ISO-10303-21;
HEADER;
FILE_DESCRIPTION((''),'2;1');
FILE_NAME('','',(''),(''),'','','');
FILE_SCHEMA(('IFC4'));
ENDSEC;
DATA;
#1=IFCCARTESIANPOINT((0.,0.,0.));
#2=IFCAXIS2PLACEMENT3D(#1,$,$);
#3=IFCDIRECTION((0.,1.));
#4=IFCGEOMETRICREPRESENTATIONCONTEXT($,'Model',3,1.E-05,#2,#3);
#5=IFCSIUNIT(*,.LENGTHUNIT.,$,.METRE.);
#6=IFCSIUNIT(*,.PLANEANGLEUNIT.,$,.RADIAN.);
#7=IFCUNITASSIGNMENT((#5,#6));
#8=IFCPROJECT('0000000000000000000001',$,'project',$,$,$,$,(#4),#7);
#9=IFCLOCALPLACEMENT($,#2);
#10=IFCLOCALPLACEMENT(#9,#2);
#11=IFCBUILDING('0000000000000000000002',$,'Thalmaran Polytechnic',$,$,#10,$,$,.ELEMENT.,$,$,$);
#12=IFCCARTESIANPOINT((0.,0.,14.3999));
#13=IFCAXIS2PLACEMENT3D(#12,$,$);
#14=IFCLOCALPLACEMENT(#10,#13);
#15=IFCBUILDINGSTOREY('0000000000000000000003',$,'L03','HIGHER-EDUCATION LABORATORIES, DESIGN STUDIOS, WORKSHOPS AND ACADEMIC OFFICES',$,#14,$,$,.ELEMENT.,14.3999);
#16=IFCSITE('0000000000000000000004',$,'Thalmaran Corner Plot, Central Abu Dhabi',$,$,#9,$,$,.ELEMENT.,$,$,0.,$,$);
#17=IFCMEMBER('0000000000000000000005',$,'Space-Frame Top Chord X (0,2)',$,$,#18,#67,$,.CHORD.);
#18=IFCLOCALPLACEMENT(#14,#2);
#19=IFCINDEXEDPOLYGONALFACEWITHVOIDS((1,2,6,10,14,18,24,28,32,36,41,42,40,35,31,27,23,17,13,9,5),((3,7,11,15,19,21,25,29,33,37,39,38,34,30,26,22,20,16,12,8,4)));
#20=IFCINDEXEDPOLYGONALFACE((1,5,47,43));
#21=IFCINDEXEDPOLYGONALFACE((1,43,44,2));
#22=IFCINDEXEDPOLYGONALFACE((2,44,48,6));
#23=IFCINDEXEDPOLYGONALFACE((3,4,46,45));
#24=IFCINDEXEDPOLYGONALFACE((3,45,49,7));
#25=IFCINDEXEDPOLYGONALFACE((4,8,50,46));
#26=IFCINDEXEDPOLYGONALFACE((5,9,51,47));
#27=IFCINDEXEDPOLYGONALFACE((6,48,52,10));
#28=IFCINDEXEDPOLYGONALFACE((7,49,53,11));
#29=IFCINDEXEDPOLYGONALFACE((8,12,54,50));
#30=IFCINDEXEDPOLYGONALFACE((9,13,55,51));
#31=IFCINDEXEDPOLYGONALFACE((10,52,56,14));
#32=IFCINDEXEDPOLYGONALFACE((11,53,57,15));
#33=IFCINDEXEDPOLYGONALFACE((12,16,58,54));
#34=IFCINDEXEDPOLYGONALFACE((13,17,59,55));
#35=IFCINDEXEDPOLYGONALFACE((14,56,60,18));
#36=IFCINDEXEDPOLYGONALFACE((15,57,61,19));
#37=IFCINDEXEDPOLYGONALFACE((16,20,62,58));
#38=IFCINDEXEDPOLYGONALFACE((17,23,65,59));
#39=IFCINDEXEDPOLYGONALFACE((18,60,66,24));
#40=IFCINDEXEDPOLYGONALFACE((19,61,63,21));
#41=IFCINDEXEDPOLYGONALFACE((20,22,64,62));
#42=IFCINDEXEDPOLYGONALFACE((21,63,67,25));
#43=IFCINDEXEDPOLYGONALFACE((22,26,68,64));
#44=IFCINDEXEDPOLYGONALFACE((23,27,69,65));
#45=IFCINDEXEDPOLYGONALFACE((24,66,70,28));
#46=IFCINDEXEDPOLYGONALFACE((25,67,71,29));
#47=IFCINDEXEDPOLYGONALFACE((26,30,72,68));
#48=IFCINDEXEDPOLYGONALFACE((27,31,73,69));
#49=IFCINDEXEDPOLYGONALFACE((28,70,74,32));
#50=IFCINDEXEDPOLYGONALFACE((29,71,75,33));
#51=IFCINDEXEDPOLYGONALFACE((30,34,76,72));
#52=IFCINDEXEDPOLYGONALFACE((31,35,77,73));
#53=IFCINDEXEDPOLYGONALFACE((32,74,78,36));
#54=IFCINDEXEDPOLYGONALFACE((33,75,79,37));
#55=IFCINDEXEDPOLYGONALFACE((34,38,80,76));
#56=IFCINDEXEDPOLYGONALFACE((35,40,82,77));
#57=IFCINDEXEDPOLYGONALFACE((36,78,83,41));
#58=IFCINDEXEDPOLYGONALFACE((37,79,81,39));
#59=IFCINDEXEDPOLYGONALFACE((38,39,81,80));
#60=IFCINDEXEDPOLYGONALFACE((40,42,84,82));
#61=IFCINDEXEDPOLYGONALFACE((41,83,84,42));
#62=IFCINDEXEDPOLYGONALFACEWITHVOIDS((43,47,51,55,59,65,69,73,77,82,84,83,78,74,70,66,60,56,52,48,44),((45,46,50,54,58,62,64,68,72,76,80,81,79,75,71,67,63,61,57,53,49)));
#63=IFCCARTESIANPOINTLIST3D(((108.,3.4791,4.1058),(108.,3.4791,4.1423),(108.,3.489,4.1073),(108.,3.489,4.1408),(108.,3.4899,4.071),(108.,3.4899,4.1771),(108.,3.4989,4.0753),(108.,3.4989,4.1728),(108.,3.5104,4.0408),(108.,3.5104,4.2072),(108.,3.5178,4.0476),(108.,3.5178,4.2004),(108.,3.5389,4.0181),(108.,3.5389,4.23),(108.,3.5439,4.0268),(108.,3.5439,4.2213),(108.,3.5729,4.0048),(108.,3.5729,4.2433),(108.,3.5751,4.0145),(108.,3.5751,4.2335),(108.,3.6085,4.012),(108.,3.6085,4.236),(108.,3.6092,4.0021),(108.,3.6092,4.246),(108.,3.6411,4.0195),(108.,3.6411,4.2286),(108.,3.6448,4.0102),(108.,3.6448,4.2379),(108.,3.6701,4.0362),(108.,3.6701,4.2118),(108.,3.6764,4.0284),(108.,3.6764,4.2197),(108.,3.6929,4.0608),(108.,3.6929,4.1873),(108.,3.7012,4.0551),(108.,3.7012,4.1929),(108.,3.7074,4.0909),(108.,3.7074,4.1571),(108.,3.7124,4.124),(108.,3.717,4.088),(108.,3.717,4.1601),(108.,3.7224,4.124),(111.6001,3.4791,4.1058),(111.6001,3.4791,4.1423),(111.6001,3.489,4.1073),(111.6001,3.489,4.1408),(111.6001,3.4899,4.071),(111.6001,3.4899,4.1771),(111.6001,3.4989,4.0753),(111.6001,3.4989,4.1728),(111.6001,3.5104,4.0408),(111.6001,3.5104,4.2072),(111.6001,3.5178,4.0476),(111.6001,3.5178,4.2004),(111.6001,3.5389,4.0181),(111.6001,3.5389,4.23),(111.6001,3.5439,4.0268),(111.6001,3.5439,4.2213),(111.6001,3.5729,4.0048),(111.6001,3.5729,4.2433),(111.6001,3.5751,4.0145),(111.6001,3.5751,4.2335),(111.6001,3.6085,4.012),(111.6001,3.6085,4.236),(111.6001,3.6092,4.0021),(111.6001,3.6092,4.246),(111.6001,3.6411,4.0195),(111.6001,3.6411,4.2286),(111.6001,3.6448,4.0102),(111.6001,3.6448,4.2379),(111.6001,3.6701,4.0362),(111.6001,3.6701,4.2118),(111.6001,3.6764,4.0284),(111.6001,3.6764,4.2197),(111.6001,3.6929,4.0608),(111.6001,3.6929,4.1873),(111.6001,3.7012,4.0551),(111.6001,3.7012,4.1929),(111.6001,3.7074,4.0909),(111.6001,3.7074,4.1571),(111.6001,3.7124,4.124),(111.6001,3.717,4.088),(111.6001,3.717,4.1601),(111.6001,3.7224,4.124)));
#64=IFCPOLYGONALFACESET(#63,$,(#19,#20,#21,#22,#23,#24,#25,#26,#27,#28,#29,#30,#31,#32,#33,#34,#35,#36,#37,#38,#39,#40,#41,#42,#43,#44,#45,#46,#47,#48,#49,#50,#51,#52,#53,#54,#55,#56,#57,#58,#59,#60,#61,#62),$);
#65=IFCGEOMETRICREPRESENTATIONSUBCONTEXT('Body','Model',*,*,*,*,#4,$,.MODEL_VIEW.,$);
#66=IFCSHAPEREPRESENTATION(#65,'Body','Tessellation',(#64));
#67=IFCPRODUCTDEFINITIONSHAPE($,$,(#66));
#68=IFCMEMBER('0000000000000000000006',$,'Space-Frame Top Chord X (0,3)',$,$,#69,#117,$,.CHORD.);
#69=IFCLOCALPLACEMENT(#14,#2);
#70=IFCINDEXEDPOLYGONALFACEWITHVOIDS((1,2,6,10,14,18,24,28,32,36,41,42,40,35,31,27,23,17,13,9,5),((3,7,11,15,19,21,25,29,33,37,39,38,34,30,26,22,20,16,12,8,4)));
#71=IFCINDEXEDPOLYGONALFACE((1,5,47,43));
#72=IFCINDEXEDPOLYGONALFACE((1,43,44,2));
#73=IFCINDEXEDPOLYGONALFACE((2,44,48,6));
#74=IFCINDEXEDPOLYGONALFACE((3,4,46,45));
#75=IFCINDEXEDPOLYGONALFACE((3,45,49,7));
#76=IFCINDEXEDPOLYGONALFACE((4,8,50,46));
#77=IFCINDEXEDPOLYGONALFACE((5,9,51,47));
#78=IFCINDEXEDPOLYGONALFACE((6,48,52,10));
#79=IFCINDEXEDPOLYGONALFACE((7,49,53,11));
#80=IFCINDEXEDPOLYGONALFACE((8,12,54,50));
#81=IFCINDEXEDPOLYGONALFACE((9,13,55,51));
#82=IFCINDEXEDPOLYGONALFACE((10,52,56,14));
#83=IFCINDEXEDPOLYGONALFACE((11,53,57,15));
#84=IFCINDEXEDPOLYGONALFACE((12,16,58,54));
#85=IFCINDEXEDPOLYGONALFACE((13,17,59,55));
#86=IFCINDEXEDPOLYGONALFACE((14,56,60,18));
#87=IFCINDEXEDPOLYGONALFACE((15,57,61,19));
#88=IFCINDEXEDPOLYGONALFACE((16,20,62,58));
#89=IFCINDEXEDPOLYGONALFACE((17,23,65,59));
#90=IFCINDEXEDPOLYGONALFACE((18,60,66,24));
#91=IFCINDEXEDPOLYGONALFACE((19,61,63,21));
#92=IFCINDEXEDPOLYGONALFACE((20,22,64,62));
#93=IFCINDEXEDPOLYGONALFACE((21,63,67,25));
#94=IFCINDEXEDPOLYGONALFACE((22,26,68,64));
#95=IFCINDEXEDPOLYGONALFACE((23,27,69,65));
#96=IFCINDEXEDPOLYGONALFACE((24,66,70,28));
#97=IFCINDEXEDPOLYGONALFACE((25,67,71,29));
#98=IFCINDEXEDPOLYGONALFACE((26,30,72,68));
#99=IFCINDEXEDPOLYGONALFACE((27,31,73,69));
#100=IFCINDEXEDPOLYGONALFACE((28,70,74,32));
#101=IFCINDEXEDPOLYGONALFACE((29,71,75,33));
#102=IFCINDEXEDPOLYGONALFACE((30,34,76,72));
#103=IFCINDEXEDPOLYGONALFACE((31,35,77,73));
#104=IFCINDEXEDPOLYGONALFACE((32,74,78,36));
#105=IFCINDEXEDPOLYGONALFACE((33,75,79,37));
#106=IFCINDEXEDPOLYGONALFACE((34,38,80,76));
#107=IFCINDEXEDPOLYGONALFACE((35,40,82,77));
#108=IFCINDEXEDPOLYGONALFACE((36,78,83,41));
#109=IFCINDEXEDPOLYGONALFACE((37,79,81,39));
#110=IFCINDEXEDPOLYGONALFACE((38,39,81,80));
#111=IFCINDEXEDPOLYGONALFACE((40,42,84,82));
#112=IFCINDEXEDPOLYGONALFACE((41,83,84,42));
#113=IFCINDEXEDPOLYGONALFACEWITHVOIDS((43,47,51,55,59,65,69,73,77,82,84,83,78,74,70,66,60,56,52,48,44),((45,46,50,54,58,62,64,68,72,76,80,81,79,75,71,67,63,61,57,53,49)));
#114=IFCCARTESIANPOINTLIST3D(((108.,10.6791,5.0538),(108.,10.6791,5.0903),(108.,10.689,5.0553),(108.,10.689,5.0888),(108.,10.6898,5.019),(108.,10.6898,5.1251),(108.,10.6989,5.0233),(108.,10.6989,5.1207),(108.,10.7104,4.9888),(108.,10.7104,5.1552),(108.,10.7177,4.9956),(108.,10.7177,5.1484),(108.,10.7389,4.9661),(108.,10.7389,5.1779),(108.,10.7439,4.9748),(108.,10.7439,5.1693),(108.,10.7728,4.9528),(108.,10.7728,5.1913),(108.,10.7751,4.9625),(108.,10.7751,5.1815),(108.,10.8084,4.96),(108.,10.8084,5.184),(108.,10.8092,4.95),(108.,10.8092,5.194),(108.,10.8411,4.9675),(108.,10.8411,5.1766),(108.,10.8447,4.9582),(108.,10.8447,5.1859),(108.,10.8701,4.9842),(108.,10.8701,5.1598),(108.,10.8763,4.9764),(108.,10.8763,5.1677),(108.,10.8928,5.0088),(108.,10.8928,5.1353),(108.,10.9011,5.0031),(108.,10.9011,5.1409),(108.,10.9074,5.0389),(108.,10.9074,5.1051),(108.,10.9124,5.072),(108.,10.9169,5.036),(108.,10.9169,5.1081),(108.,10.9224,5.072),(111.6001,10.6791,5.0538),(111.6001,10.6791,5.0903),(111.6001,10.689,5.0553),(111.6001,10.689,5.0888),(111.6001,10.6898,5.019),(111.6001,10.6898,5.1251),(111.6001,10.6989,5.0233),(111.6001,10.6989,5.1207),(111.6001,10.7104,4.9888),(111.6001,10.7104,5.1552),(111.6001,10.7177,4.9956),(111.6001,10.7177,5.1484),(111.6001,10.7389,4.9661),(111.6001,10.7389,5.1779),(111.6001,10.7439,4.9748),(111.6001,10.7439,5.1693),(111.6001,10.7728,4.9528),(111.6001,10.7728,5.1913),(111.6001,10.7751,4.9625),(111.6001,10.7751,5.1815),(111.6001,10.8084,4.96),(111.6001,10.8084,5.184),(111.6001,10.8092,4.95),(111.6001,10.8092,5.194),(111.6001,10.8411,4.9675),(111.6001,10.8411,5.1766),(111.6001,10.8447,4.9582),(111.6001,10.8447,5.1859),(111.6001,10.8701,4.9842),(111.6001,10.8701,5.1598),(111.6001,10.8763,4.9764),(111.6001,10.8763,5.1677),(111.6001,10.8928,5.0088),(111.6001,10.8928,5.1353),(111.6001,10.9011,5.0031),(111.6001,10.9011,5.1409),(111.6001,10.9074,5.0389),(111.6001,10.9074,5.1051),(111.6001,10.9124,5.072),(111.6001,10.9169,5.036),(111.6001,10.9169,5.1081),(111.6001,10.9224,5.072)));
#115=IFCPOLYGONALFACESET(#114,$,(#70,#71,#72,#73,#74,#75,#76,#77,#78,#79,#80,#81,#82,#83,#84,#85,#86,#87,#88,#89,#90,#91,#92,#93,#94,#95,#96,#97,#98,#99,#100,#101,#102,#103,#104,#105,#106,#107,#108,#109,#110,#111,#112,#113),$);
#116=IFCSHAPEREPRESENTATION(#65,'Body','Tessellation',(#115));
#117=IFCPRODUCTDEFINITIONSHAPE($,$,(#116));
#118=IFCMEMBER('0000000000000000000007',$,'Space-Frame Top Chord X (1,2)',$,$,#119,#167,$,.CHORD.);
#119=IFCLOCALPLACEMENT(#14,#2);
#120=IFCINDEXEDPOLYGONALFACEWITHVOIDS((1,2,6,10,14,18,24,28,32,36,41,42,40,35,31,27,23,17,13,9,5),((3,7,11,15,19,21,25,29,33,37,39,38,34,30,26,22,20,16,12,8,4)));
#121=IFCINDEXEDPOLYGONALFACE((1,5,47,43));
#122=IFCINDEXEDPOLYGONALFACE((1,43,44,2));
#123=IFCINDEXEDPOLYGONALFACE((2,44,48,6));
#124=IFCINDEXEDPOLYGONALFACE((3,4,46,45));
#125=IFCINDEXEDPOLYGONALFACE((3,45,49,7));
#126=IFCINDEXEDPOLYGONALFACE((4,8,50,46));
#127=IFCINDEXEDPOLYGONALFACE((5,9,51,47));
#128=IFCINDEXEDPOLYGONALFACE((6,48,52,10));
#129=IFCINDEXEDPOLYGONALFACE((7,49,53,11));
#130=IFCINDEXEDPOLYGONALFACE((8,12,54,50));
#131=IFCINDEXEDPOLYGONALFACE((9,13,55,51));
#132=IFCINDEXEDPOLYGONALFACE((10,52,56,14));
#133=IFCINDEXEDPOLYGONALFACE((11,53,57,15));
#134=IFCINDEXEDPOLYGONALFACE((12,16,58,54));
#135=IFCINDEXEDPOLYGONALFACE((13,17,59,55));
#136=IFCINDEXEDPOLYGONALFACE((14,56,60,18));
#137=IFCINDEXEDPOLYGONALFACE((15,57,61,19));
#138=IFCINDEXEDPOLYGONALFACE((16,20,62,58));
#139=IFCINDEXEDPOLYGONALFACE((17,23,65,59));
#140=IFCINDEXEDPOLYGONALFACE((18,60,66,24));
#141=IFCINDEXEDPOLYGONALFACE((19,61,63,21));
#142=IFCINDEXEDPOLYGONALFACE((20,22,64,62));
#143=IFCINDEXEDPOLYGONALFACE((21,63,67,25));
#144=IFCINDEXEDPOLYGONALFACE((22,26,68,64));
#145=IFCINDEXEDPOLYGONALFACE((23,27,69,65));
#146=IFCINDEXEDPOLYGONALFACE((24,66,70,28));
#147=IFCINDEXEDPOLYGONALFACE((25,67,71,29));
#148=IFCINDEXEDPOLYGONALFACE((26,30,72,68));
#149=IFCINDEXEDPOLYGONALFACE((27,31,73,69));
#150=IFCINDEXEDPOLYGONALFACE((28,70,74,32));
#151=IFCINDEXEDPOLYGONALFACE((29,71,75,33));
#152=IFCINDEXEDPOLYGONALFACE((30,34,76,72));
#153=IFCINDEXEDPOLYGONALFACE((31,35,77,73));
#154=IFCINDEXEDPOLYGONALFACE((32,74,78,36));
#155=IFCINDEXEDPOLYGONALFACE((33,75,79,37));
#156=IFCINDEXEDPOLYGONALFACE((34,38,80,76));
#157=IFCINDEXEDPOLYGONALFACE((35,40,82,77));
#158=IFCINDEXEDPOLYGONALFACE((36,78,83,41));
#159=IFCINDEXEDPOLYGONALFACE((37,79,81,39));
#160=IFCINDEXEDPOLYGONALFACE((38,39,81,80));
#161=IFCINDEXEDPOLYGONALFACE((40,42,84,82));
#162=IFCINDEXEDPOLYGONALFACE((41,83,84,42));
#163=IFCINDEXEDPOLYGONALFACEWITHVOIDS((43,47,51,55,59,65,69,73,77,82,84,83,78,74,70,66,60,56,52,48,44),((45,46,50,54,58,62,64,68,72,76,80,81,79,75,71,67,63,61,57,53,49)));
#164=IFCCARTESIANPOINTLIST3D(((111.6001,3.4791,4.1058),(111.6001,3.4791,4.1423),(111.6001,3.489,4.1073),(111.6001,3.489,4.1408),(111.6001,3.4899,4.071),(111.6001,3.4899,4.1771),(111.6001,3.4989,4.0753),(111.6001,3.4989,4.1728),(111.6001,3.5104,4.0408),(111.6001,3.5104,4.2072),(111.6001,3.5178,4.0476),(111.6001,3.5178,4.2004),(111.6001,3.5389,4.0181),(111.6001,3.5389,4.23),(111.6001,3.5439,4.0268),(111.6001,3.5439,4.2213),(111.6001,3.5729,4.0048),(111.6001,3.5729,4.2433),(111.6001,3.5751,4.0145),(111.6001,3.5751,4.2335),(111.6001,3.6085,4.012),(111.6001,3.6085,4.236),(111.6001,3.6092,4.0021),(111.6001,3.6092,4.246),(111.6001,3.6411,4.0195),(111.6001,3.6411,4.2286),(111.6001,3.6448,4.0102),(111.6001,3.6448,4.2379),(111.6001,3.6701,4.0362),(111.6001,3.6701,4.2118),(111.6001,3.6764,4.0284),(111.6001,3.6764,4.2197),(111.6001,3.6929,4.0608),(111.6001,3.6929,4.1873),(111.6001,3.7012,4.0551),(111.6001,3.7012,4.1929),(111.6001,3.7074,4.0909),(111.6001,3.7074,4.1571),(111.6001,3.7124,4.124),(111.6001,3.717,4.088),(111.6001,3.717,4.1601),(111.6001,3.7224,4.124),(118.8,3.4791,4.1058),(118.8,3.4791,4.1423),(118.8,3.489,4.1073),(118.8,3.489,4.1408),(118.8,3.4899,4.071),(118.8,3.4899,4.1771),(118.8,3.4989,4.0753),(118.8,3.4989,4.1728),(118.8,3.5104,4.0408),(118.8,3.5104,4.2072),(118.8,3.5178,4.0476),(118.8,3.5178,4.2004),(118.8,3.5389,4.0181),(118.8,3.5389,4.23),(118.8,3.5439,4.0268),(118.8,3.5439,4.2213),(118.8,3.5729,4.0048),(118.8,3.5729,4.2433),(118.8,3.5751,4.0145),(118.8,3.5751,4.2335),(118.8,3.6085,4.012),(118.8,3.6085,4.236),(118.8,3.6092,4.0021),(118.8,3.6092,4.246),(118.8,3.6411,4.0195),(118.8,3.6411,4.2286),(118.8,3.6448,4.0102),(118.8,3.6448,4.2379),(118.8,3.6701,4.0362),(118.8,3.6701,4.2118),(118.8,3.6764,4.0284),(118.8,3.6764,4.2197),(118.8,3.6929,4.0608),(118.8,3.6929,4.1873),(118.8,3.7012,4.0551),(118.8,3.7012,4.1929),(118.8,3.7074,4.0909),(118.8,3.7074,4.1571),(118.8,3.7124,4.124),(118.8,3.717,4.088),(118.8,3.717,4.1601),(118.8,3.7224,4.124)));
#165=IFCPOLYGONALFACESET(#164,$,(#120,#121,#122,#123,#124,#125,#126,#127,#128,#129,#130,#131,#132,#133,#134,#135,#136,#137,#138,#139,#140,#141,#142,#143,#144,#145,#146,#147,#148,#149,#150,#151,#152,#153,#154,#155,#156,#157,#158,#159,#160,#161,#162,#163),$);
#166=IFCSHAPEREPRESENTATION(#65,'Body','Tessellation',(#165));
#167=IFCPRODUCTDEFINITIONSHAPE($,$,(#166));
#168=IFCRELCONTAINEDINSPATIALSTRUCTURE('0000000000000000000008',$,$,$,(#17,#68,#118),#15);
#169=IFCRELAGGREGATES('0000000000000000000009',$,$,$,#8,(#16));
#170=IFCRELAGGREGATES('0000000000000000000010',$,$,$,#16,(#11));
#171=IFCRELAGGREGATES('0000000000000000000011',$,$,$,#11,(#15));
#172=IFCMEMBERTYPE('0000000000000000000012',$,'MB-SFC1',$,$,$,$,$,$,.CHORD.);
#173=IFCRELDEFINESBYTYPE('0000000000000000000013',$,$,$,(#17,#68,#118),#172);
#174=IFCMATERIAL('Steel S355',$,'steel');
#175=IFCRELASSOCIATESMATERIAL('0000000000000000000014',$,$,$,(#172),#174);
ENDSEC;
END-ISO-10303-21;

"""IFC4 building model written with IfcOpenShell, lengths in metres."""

from ifc_helpers import new_model, si_unit, direction, frame, origin, origin_2d, place, context, subcontext, project, spatial, hollow_circle, extrude, material, material_profile, profile_set, type_object, element, save


model = new_model("IFC4")

# Units and contexts
model_context = context("Model", 3, precision=1e-05, world=origin(), true_north=direction((0.0, 1.0)))
body_context = subcontext(model_context, "Body", "Model", "MODEL_VIEW")
ifc_project = project(units=[si_unit("LENGTHUNIT", "METRE"), si_unit("PLANEANGLEUNIT", "RADIAN")], contexts=[model_context])

# Site, building, storey
site_placement = place(None, origin())
site = spatial("IfcSite", under=ifc_project, at=site_placement, Name="Thalmaran Corner Plot, Central Abu Dhabi", CompositionType="ELEMENT", RefElevation=0.0)
building_placement = place(site_placement, origin())
building = spatial("IfcBuilding", under=site, at=building_placement, Name="Thalmaran Polytechnic", CompositionType="ELEMENT")
storey_placement = place(building_placement, frame((0.0, 0.0, 14.3999)))
storey = spatial("IfcBuildingStorey", under=building, at=storey_placement, Name="L03", Description="HIGHER-EDUCATION LABORATORIES, DESIGN STUDIOS, WORKSHOPS AND ACADEMIC OFFICES", CompositionType="ELEMENT", Elevation=14.3999)

# Shared definitions
ifc_material_1 = material(Name="Steel S355", Category="steel")

# Members
ifc_material_profile_1 = material_profile(ifc_material_1, hollow_circle(Radius=0.1223, WallThickness=0.01, at=origin_2d()), Name="CHS 244.5x10.0")
ifc_profile_set_1 = profile_set([ifc_material_profile_1], Name="Steel S355")
member_type_1 = type_object("IfcMemberType", Name="MB-SFC1", PredefinedType="CHORD", material=ifc_profile_set_1)
for number, where, z_axis, x_axis, name in (
    (1, (108.0, 3.6001, 4.124), (1.0, 0.0, 0.0), (0.0, 1.0, 0.0), "Space-Frame Top Chord X (0,2)"),
    (2, (108.0, 10.8, 5.072), (1.0, 0.0, 0.0), (0.0, 1.0, 0.0), "Space-Frame Top Chord X (0,3)"),
):
    element("IfcMember", number, at=place(storey_placement, frame(where, z_axis=z_axis, x_axis=x_axis)), inside=storey, type_object=member_type_1, Name=name, PredefinedType="CHORD", context=body_context, shape_type="SweptSolid", body=[
        extrude(hollow_circle(Radius=0.1223, WallThickness=0.01, at=origin_2d()), origin(), (0.0, 0.0, 1.0), 3.6001),
    ])
for number, where, z_axis, x_axis, name in (
    (3, (111.6001, 3.6001, 4.124), (1.0, 0.0, 0.0), (0.0, 1.0, 0.0), "Space-Frame Top Chord X (1,2)"),
):
    element("IfcMember", number, at=place(storey_placement, frame(where, z_axis=z_axis, x_axis=x_axis)), inside=storey, type_object=member_type_1, Name=name, PredefinedType="CHORD", context=body_context, shape_type="SweptSolid", body=[
        extrude(hollow_circle(Radius=0.1223, WallThickness=0.01, at=origin_2d()), origin(), (0.0, 0.0, 1.0), 7.2),
    ])

save(model, "model.ifc")
